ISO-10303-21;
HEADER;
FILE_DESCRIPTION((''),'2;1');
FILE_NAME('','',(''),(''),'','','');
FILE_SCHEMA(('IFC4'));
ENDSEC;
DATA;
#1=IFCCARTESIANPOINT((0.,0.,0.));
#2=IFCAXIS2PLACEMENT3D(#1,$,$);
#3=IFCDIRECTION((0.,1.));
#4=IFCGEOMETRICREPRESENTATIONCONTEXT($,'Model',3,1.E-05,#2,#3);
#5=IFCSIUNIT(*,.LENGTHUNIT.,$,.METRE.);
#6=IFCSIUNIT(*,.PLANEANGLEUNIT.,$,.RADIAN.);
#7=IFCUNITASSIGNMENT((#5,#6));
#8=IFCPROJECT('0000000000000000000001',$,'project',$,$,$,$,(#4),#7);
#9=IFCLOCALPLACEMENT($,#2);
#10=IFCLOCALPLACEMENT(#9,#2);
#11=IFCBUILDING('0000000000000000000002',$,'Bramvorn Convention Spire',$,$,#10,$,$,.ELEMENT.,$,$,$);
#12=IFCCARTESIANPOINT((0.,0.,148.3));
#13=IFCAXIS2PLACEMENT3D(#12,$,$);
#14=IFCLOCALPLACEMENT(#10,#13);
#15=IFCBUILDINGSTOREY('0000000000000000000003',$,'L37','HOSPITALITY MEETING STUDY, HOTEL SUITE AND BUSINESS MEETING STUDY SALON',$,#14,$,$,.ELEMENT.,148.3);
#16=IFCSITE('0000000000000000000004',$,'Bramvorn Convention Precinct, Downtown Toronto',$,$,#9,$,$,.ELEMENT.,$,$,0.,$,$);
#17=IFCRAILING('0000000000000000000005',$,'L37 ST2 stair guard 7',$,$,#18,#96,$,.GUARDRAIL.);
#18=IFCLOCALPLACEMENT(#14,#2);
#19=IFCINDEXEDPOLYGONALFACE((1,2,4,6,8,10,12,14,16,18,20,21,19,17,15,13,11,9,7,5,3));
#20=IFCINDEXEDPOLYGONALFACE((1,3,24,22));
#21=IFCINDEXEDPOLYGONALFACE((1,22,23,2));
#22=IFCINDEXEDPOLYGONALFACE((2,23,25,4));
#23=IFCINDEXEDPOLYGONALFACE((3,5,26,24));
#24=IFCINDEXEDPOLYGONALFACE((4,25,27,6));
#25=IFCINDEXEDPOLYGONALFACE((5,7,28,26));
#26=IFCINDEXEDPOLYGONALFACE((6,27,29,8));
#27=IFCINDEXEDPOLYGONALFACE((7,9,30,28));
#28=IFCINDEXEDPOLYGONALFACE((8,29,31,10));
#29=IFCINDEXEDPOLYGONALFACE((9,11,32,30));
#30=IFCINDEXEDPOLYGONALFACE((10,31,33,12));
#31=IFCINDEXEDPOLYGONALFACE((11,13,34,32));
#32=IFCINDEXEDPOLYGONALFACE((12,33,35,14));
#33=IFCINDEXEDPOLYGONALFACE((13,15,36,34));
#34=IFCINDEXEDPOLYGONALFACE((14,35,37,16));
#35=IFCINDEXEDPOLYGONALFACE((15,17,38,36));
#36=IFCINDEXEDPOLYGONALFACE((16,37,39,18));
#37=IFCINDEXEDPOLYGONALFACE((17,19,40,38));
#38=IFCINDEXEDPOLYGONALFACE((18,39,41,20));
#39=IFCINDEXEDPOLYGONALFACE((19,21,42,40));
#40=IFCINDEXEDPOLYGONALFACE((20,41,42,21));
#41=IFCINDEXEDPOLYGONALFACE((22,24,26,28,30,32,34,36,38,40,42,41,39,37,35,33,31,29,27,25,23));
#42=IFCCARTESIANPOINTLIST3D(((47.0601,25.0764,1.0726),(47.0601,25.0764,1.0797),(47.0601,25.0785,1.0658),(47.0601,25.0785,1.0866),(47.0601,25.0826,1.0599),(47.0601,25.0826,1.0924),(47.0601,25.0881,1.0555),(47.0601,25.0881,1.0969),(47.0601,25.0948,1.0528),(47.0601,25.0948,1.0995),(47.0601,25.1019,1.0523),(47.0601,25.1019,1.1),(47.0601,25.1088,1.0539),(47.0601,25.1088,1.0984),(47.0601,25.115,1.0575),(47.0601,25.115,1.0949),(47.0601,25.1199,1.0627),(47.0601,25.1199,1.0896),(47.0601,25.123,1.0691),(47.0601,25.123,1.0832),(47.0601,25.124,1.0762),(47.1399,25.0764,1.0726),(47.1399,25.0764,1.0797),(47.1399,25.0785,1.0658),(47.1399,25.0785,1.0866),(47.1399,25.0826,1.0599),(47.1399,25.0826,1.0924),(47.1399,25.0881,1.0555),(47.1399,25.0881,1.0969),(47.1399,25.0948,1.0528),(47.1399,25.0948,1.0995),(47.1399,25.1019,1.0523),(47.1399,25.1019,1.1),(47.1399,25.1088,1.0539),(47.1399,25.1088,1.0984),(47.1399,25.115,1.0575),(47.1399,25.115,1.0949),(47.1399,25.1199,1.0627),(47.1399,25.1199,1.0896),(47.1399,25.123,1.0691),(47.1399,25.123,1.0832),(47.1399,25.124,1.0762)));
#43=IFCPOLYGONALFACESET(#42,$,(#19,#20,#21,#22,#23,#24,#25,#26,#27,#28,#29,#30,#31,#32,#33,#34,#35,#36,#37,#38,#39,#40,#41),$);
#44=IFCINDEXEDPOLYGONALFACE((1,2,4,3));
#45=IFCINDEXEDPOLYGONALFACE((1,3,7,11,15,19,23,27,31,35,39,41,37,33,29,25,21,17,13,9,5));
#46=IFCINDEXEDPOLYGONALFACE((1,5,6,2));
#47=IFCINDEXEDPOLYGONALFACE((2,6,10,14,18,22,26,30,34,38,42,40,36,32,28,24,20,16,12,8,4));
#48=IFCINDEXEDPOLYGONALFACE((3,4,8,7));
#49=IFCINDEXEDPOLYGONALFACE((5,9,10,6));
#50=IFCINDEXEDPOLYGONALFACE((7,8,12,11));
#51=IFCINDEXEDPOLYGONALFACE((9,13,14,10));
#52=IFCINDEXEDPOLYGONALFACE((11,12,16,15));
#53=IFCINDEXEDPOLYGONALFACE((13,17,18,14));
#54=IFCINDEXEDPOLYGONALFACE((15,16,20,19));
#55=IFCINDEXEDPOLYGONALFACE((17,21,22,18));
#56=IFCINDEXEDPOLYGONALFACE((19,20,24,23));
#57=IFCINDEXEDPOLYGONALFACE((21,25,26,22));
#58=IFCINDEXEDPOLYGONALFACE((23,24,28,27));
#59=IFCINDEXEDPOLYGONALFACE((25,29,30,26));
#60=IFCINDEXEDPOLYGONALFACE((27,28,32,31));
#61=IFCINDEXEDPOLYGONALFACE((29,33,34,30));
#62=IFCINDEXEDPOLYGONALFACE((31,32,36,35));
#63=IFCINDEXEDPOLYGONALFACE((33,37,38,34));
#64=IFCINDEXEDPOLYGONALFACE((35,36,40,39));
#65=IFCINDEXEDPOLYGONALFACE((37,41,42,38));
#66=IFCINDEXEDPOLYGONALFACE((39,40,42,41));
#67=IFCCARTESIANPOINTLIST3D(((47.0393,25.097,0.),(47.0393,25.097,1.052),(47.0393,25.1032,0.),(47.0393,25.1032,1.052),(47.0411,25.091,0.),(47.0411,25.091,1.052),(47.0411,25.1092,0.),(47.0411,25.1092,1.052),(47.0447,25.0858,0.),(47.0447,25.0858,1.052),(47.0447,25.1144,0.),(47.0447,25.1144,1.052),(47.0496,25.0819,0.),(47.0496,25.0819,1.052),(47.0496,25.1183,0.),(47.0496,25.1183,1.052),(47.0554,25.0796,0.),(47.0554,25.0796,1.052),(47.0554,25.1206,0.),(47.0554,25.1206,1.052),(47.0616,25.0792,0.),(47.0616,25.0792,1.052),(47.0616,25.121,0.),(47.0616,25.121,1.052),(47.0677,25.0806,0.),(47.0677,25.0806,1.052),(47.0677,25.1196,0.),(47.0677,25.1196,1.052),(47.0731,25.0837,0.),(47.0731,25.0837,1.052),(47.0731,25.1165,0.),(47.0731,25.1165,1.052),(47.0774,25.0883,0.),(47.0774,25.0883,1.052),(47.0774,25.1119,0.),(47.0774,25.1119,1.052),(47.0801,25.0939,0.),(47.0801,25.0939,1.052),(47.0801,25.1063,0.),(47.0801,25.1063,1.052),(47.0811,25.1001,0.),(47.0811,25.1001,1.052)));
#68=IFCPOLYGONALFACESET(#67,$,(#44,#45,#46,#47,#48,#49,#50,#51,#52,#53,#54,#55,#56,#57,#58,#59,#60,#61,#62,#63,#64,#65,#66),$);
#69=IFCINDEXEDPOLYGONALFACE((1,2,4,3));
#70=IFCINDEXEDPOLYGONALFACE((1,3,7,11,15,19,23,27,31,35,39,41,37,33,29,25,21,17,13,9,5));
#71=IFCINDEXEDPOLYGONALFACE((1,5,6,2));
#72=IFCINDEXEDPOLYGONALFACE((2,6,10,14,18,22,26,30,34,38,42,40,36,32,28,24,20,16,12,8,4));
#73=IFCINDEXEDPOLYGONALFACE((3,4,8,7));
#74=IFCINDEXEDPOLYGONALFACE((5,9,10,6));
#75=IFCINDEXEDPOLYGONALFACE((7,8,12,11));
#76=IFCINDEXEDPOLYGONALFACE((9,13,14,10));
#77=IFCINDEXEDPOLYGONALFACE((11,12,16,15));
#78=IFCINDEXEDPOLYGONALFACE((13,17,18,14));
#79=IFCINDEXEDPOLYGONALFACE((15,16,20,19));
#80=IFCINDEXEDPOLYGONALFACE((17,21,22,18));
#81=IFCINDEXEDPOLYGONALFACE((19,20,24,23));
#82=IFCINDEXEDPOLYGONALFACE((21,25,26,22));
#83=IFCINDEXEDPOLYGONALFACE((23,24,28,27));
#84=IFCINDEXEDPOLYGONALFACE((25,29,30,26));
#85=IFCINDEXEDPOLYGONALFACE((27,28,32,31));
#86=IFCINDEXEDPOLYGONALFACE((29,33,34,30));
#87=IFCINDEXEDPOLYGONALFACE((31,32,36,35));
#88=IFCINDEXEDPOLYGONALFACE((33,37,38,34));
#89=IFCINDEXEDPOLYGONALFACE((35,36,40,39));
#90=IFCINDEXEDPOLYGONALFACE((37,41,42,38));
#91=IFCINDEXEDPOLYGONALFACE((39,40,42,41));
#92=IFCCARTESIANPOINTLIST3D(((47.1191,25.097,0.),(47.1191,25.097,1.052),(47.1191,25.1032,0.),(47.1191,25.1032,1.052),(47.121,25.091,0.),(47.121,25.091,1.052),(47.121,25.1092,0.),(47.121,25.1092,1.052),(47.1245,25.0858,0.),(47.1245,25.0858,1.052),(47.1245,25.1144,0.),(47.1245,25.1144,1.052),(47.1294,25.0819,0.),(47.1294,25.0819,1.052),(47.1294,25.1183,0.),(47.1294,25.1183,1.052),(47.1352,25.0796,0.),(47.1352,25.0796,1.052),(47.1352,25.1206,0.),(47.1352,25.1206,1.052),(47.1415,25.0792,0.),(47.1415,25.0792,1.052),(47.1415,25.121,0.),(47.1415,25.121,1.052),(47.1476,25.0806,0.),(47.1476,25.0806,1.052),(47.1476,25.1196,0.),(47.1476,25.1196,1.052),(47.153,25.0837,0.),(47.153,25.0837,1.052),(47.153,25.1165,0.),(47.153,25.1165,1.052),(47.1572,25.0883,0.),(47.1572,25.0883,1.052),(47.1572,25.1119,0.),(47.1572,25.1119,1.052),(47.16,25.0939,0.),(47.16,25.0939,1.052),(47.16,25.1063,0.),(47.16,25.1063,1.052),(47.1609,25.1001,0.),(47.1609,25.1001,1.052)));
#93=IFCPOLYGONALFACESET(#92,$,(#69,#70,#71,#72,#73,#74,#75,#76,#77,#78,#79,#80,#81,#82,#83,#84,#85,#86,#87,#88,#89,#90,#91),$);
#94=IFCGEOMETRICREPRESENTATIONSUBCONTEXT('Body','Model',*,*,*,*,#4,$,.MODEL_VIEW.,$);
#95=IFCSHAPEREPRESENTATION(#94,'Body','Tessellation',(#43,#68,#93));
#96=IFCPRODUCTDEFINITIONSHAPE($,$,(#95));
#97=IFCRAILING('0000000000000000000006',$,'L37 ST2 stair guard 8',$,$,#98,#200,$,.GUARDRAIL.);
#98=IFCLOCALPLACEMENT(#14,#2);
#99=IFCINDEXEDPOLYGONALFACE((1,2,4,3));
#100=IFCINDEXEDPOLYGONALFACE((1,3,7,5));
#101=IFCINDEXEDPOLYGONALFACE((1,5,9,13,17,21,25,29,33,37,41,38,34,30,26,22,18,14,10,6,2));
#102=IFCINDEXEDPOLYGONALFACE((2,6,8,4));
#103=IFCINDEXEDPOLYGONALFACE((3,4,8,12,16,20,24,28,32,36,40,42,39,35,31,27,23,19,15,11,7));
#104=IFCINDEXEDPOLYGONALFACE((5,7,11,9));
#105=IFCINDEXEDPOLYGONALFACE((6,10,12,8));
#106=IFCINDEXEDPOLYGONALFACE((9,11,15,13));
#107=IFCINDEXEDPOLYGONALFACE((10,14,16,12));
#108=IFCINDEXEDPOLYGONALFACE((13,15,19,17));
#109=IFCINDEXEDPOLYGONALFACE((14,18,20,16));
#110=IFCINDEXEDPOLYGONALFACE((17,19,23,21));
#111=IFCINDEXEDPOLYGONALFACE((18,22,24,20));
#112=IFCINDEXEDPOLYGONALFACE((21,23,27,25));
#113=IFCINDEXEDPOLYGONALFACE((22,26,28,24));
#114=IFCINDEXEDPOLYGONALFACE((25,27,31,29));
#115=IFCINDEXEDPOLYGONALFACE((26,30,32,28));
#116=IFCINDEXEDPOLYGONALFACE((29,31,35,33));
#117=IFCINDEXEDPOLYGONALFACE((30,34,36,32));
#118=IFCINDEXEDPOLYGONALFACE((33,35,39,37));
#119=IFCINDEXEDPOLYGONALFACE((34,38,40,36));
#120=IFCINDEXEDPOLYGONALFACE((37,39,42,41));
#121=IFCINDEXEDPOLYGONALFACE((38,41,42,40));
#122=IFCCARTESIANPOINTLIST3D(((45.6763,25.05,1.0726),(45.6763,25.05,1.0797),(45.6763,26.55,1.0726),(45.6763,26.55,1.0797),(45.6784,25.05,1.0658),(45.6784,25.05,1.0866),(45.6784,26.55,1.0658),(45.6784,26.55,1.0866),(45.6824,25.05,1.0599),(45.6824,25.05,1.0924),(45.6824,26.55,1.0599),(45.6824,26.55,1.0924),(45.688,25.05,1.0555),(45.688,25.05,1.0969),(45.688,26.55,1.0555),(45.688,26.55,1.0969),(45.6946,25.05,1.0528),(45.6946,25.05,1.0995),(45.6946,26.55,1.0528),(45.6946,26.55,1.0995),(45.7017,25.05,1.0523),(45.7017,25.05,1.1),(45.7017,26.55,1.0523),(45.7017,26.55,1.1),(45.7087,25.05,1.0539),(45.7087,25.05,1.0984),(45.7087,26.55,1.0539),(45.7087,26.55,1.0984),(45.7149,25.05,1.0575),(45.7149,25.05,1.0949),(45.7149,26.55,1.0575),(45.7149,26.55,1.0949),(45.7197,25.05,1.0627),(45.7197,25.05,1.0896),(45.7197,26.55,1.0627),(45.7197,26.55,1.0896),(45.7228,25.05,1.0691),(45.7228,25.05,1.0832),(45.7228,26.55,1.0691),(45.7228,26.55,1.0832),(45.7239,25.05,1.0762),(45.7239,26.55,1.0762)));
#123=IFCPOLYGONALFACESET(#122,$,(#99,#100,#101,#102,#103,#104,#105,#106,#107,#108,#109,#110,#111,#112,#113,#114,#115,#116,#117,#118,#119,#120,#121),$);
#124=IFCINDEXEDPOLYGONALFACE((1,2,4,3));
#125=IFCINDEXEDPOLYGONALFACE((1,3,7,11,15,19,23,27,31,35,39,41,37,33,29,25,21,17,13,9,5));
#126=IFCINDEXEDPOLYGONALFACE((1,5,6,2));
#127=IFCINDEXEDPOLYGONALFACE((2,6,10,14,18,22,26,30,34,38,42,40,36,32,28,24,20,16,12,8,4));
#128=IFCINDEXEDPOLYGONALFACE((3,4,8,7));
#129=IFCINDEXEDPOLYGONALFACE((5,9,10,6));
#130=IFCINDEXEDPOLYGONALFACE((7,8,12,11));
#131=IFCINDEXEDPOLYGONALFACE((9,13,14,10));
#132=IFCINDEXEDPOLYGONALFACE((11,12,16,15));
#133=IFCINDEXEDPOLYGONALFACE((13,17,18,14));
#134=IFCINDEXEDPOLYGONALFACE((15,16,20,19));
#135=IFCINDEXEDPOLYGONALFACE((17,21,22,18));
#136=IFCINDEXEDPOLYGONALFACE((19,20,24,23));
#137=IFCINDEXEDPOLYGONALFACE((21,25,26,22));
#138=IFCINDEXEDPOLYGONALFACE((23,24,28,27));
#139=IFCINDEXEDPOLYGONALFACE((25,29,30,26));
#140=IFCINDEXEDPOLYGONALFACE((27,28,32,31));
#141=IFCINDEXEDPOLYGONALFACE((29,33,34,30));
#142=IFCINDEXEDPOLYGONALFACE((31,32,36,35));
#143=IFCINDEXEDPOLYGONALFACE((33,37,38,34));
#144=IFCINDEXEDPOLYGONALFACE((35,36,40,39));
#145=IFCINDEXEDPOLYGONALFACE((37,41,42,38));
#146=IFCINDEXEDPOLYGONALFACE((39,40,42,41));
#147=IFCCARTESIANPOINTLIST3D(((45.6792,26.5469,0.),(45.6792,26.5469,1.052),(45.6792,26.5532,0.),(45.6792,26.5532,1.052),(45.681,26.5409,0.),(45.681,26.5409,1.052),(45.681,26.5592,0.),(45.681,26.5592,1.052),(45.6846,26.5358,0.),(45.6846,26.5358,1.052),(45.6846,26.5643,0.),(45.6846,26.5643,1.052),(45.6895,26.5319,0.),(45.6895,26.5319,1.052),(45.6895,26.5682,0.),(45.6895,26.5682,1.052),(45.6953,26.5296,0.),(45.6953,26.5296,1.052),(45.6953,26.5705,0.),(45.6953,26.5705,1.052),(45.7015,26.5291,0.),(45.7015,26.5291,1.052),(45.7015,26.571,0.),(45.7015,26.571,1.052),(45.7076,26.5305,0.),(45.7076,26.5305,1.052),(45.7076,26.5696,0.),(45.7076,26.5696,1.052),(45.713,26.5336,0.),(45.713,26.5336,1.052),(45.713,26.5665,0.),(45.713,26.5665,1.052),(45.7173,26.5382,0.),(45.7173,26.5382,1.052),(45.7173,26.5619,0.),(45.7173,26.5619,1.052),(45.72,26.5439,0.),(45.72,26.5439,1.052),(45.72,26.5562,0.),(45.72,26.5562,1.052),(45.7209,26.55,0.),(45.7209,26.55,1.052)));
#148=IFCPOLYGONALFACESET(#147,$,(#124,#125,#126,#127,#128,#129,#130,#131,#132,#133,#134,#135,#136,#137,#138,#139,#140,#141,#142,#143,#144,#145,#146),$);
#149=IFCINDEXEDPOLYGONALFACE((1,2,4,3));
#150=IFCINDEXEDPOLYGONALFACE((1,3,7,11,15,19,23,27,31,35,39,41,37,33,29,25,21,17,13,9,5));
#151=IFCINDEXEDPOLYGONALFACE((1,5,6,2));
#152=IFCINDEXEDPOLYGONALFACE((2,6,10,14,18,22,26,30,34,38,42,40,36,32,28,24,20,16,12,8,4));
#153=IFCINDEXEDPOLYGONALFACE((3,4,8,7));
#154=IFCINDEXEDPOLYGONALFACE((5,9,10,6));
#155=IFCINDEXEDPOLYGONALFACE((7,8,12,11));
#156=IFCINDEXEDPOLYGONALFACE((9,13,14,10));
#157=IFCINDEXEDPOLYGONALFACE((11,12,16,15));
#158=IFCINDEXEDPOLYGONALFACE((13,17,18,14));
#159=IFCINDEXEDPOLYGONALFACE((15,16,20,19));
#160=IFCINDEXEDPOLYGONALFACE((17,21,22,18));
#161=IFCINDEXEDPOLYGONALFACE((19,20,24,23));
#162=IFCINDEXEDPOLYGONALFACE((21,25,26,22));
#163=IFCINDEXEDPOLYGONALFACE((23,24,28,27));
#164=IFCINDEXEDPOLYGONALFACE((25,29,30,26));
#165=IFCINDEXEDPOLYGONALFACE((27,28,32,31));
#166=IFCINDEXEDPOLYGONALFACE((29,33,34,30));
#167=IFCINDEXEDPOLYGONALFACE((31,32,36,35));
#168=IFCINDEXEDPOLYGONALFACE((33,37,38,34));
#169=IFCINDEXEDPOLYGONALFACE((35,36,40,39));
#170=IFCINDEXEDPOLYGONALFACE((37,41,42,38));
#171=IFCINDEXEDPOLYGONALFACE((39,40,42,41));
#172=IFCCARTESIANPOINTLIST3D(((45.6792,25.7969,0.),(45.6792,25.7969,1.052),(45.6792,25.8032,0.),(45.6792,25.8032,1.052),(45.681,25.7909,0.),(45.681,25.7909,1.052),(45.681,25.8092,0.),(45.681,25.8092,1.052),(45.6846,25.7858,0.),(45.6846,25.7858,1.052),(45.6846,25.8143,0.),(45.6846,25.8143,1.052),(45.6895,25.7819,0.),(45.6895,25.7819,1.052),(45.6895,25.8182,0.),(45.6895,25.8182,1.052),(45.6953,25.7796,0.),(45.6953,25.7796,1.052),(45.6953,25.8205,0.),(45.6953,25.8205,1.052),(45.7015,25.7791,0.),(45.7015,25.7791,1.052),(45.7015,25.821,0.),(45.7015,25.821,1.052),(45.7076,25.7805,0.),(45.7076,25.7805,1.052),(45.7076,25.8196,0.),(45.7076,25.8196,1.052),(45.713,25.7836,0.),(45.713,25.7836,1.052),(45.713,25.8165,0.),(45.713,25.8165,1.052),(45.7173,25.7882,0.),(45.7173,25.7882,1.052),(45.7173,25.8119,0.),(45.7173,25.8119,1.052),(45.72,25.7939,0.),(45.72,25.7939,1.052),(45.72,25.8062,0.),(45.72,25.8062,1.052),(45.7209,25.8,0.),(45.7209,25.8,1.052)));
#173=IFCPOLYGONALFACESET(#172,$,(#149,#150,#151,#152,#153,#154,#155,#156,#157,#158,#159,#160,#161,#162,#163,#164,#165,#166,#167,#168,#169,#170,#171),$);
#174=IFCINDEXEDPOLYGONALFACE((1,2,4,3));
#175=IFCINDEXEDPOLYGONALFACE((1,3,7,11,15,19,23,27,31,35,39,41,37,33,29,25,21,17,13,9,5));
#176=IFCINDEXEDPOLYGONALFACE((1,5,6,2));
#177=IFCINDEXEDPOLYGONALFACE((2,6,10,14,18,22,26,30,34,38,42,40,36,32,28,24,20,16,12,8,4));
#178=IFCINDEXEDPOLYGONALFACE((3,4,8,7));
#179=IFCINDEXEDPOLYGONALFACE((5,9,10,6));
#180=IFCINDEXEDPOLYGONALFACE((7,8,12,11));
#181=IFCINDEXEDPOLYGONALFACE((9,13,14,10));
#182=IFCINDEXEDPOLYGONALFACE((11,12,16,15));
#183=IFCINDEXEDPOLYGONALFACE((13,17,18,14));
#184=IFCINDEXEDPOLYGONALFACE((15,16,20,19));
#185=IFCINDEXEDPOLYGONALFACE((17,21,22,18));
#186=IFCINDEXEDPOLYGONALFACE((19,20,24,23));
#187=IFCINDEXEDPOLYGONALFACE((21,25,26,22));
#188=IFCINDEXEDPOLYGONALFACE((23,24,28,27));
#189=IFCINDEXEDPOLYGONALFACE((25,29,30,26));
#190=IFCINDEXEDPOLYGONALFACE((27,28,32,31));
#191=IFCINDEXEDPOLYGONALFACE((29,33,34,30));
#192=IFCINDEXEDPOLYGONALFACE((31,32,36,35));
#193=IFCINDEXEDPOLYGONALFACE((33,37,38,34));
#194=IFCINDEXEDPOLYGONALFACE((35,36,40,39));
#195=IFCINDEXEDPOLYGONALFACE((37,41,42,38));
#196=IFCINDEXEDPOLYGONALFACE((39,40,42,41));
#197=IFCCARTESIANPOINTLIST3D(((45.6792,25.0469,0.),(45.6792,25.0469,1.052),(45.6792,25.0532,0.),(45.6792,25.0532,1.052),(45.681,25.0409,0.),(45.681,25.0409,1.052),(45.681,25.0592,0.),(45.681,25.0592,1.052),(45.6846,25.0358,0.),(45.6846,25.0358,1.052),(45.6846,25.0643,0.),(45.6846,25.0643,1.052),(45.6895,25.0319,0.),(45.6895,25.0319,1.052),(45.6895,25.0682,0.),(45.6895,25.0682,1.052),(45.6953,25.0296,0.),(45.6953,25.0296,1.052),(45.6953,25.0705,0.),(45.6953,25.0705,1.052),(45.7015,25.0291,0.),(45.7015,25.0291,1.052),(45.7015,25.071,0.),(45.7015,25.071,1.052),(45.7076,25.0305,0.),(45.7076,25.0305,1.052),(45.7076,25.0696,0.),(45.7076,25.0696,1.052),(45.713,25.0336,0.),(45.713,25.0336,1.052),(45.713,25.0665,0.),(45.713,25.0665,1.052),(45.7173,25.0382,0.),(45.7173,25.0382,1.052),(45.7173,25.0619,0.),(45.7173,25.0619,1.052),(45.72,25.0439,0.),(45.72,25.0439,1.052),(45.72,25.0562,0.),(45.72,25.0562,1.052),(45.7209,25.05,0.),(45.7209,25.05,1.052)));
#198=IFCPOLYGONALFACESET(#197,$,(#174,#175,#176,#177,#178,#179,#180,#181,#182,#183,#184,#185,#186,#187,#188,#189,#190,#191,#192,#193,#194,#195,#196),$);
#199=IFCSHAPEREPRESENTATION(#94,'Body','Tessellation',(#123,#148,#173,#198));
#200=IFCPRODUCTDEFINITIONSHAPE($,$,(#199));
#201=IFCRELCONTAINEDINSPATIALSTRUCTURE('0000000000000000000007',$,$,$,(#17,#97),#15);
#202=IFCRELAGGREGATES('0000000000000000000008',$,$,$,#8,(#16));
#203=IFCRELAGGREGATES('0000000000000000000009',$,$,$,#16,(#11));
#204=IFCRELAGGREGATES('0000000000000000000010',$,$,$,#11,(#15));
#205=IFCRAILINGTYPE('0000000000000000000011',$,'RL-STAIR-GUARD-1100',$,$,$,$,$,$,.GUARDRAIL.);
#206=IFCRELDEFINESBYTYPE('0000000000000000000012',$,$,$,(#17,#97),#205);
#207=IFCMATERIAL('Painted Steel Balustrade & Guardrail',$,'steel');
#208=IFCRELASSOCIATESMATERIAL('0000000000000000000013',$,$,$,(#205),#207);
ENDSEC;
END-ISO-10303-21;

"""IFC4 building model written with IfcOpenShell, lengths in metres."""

from ifc_helpers import new_model, si_unit, direction, frame, origin, origin_2d, place, context, subcontext, project, spatial, circle, extrude, material, type_object, element, save


model = new_model("IFC4")

# Units and contexts
model_context = context("Model", 3, precision=1e-05, world=origin(), true_north=direction((0.0, 1.0)))
body_context = subcontext(model_context, "Body", "Model", "MODEL_VIEW")
ifc_project = project(units=[si_unit("LENGTHUNIT", "METRE"), si_unit("PLANEANGLEUNIT", "RADIAN")], contexts=[model_context])

# Site, building, storey
site_placement = place(None, origin())
site = spatial("IfcSite", under=ifc_project, at=site_placement, Name="Bramvorn Convention Precinct, Downtown Toronto", CompositionType="ELEMENT", RefElevation=0.0)
building_placement = place(site_placement, origin())
building = spatial("IfcBuilding", under=site, at=building_placement, Name="Bramvorn Convention Spire", CompositionType="ELEMENT")
storey_placement = place(building_placement, frame((0.0, 0.0, 148.3)))
storey = spatial("IfcBuildingStorey", under=building, at=storey_placement, Name="L37", Description="HOSPITALITY MEETING STUDY, HOTEL SUITE AND BUSINESS MEETING STUDY SALON", CompositionType="ELEMENT", Elevation=148.3)

# Railings
ifc_material_1 = material(Name="Painted Steel Balustrade & Guardrail", Category="steel")
railing_type_1 = type_object("IfcRailingType", Name="RL-STAIR-GUARD-1100", PredefinedType="GUARDRAIL", material=ifc_material_1)
railing_1_placement = place(storey_placement, frame((47.0601, 25.1001, 0.0)))
element("IfcRailing", 1, at=railing_1_placement, inside=storey, type_object=railing_type_1, Name="L37 ST2 stair guard 7", PredefinedType="GUARDRAIL", context=body_context, shape_type="SweptSolid", body=[
    extrude(circle(Radius=0.0239, at=origin_2d()), frame((0.0, 0.0, 1.0762), z_axis=(1.0, 0.0, 0.0), x_axis=(0.0, 1.0, 0.0)), (0.0, 0.0, 1.0), 0.0798),
    extrude(circle(Radius=0.021, at=origin_2d()), origin(), (0.0, 0.0, 1.0), 1.052),
    extrude(circle(Radius=0.021, at=origin_2d()), frame((0.0798, 0.0, 0.0)), (0.0, 0.0, 1.0), 1.052),
])
railing_2_placement = place(storey_placement, frame((45.7, 26.55, 0.0)))
element("IfcRailing", 2, at=railing_2_placement, inside=storey, type_object=railing_type_1, Name="L37 ST2 stair guard 8", PredefinedType="GUARDRAIL", context=body_context, shape_type="SweptSolid", body=[
    extrude(circle(Radius=0.0239, at=origin_2d()), frame((0.0, 0.0, 1.0762), z_axis=(0.0, -1.0, 0.0), x_axis=(1.0, 0.0, 0.0)), (0.0, 0.0, 1.0), 1.5),
    extrude(circle(Radius=0.021, at=origin_2d()), origin(), (0.0, 0.0, 1.0), 1.052),
    extrude(circle(Radius=0.021, at=origin_2d()), frame((0.0, -0.75, 0.0)), (0.0, 0.0, 1.0), 1.052),
    extrude(circle(Radius=0.021, at=origin_2d()), frame((0.0, -1.5, 0.0)), (0.0, 0.0, 1.0), 1.052),
])

save(model, "model.ifc")
